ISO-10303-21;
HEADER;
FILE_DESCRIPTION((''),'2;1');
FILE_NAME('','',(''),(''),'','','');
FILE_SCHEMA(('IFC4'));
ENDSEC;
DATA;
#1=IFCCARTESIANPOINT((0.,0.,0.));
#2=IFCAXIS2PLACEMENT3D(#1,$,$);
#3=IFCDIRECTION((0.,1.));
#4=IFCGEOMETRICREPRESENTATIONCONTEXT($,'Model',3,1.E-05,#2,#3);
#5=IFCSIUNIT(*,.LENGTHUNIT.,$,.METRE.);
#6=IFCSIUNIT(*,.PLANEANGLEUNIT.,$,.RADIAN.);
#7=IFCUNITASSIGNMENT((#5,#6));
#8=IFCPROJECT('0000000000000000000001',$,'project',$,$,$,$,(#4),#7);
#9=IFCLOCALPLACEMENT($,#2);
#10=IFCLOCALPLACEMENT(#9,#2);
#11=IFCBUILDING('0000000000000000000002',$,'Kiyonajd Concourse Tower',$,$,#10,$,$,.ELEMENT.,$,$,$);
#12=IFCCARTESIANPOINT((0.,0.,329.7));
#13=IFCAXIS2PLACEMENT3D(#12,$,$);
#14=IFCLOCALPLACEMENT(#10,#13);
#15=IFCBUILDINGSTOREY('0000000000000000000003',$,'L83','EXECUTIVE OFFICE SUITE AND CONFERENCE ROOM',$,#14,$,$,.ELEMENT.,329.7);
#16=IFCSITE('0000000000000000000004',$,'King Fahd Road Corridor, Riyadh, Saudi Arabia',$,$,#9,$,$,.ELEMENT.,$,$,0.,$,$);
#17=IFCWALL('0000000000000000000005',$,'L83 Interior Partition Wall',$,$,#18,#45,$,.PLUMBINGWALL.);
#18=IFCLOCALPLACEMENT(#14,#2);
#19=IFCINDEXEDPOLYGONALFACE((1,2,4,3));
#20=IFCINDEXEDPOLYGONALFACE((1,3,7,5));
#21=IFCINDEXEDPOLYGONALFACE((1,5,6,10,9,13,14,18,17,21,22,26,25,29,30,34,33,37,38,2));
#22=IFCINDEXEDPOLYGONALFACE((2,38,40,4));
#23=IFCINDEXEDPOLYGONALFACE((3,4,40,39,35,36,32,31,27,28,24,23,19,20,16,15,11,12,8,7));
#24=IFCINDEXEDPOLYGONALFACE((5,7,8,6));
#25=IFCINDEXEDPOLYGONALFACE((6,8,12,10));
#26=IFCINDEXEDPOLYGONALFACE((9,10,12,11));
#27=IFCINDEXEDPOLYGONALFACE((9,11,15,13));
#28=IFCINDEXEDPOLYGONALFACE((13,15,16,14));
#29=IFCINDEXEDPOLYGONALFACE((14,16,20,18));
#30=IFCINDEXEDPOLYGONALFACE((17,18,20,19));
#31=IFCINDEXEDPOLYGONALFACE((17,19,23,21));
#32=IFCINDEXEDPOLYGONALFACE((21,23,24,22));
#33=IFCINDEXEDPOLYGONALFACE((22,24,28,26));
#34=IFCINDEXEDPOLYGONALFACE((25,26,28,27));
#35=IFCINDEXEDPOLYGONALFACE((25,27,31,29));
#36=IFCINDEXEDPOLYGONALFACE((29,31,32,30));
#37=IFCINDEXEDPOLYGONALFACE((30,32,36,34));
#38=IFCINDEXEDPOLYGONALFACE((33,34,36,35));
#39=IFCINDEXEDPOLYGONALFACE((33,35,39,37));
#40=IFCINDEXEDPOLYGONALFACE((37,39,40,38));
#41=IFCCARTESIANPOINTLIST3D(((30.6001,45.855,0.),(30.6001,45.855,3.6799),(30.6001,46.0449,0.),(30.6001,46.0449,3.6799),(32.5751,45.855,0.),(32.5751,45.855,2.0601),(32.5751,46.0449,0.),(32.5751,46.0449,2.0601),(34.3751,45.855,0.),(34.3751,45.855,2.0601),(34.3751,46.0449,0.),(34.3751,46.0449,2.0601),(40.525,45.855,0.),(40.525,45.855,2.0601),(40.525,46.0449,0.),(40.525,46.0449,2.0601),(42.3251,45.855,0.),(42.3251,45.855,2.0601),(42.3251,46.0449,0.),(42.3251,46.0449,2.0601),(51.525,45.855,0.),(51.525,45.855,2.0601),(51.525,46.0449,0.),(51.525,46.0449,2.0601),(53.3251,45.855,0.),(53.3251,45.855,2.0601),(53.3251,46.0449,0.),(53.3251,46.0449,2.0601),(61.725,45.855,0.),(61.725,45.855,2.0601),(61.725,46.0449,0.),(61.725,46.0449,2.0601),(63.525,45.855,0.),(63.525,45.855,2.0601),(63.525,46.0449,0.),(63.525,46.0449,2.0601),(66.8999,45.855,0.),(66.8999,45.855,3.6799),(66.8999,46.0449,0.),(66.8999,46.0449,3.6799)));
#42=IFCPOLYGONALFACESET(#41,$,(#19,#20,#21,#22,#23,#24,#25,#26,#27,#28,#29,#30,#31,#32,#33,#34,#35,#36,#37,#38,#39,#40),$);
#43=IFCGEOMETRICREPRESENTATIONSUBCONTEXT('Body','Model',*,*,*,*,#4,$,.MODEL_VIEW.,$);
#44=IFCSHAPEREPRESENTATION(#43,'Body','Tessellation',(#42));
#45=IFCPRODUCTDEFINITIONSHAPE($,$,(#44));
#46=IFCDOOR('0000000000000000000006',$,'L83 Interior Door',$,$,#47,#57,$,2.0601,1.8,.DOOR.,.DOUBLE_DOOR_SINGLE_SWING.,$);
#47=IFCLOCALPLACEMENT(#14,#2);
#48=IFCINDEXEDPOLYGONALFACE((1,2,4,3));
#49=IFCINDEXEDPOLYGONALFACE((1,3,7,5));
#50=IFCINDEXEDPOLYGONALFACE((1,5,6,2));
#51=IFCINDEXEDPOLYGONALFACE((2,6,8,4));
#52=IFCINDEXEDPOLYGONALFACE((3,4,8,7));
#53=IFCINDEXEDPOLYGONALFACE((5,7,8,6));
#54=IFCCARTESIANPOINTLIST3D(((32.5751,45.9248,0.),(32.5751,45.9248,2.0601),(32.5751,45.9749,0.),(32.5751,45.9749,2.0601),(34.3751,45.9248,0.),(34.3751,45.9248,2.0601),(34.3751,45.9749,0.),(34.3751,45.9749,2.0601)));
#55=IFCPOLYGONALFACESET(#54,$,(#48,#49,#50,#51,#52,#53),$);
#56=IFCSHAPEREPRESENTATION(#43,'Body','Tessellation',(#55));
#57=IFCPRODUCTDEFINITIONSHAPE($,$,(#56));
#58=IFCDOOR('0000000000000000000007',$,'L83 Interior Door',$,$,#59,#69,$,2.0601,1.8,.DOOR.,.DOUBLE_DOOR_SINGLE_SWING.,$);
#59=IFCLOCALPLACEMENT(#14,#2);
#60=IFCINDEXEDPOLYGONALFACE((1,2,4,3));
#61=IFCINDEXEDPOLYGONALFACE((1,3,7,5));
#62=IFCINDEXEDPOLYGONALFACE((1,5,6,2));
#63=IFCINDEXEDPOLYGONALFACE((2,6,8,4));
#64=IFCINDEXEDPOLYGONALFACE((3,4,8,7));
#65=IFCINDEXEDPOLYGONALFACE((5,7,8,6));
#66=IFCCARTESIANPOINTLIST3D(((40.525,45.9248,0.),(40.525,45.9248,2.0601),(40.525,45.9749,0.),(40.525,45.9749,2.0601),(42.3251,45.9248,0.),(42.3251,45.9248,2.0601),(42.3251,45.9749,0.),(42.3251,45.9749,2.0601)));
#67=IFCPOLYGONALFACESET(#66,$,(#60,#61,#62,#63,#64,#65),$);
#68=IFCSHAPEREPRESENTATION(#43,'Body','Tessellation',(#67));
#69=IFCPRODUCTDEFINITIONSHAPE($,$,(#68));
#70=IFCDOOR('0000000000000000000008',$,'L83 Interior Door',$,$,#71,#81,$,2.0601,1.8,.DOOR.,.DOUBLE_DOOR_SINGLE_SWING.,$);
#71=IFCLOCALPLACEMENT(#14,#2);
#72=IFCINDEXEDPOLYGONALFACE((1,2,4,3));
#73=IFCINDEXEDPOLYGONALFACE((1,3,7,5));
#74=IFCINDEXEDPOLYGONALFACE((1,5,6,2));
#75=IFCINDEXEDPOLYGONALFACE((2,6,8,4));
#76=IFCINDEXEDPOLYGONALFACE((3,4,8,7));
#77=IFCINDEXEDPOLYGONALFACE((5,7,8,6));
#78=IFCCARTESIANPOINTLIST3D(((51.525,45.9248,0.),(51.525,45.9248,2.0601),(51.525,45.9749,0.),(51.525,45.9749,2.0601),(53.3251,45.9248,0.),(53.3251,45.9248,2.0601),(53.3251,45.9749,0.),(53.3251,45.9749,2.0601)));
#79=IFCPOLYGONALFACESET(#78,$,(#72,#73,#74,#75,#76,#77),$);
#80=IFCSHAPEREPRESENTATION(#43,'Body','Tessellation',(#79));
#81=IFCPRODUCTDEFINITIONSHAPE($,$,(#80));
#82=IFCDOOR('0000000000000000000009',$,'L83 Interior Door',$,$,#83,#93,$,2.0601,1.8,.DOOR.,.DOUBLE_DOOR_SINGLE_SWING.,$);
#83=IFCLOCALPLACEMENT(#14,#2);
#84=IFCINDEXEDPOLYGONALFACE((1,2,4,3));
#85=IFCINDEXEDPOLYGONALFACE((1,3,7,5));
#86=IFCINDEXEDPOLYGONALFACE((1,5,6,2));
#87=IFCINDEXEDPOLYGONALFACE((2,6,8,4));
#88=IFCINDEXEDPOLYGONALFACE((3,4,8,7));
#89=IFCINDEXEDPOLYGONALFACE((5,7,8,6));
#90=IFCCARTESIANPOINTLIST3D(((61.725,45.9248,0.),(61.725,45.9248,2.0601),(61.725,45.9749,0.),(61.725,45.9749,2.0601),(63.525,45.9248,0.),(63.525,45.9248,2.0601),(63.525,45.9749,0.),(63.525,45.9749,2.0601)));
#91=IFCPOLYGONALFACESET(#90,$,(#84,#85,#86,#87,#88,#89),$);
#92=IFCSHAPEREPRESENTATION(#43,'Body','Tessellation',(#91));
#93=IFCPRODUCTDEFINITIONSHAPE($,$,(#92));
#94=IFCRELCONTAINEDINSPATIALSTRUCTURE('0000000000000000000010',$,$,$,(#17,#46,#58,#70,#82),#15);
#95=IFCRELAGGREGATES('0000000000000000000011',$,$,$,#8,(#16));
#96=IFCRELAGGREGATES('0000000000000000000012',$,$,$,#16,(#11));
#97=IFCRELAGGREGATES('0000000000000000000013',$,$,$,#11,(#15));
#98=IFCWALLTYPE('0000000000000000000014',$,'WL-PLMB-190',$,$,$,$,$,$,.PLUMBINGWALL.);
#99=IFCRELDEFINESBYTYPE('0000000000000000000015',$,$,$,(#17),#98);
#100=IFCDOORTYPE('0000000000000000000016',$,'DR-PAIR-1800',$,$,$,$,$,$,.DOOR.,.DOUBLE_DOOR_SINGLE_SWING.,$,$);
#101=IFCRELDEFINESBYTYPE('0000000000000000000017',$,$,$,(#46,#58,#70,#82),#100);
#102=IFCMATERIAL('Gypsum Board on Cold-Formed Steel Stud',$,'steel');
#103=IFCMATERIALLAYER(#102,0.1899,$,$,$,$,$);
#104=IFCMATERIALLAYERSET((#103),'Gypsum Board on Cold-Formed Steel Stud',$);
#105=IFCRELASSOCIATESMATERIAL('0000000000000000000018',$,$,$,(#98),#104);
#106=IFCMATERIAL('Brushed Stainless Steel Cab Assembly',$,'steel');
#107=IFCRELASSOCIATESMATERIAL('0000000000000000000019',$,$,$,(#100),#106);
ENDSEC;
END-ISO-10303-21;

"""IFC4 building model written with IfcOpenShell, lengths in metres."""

from ifc_helpers import new_model, si_unit, direction, frame, frame_2d, origin, place, context, subcontext, project, spatial, rectangle, extrude, material, layer, layer_set, type_object, element, fill, save


model = new_model("IFC4")

# Units and contexts
model_context = context("Model", 3, precision=1e-05, world=origin(), true_north=direction((0.0, 1.0)))
body_context = subcontext(model_context, "Body", "Model", "MODEL_VIEW")
ifc_project = project(units=[si_unit("LENGTHUNIT", "METRE"), si_unit("PLANEANGLEUNIT", "RADIAN")], contexts=[model_context])

# Site, building, storey
site_placement = place(None, origin())
site = spatial("IfcSite", under=ifc_project, at=site_placement, Name="King Fahd Road Corridor, Riyadh, Saudi Arabia", CompositionType="ELEMENT", RefElevation=0.0)
building_placement = place(site_placement, origin())
building = spatial("IfcBuilding", under=site, at=building_placement, Name="Kiyonajd Concourse Tower", CompositionType="ELEMENT")
storey_placement = place(building_placement, frame((0.0, 0.0, 329.7)))
storey = spatial("IfcBuildingStorey", under=building, at=storey_placement, Name="L83", Description="EXECUTIVE OFFICE SUITE AND CONFERENCE ROOM", CompositionType="ELEMENT", Elevation=329.7)

# Wall, openings, doors
ifc_material_1 = material(Name="Gypsum Board on Cold-Formed Steel Stud", Category="steel")
ifc_layer_1 = layer(ifc_material_1, 0.1899)
ifc_layer_set_1 = layer_set([ifc_layer_1], Name="Gypsum Board on Cold-Formed Steel Stud")
wall_type_1 = type_object("IfcWallType", Name="WL-PLMB-190", PredefinedType="PLUMBINGWALL", material=ifc_layer_set_1)
wall_1_placement = place(storey_placement, frame((30.6001, 45.95, 0.0), z_axis=(0.0, 0.0, 1.0), x_axis=(1.0, 0.0, 0.0)))
wall_1 = element("IfcWall", 1, at=wall_1_placement, inside=storey, type_object=wall_type_1, Name="L83 Interior Partition Wall", PredefinedType="PLUMBINGWALL", context=body_context, shape_type="SweptSolid", body=[
    extrude(rectangle(XDim=36.2998, YDim=0.1899, at=frame_2d((18.1499, 0.0))), origin(), (0.0, 0.0, 1.0), 3.6799),
])
opening_1_placement = place(wall_1_placement, frame((1.9751, 0.0, 0.0)))
opening_1 = element("IfcOpeningElement", 2, at=opening_1_placement, cuts=wall_1, PredefinedType="OPENING", context=body_context, shape_type="SweptSolid", body=[
    extrude(rectangle(XDim=1.8, YDim=2.0601, at=frame_2d((0.8999, 1.03))), frame((0.0, 0.105, 0.0), z_axis=(0.0, -1.0, 0.0), x_axis=(1.0, 0.0, 0.0)), (0.0, 0.0, 1.0), 0.21),
])
opening_2_placement = place(wall_1_placement, frame((9.925, 0.0, 0.0)))
opening_2 = element("IfcOpeningElement", 3, at=opening_2_placement, cuts=wall_1, PredefinedType="OPENING", context=body_context, shape_type="SweptSolid", body=[
    extrude(rectangle(XDim=1.8, YDim=2.0601, at=frame_2d((0.8999, 1.03))), frame((0.0, 0.105, 0.0), z_axis=(0.0, -1.0, 0.0), x_axis=(1.0, 0.0, 0.0)), (0.0, 0.0, 1.0), 0.21),
])
opening_3_placement = place(wall_1_placement, frame((20.925, 0.0, 0.0)))
opening_3 = element("IfcOpeningElement", 4, at=opening_3_placement, cuts=wall_1, PredefinedType="OPENING", context=body_context, shape_type="SweptSolid", body=[
    extrude(rectangle(XDim=1.8, YDim=2.0601, at=frame_2d((0.8999, 1.03))), frame((0.0, 0.105, 0.0), z_axis=(0.0, -1.0, 0.0), x_axis=(1.0, 0.0, 0.0)), (0.0, 0.0, 1.0), 0.21),
])
opening_4_placement = place(wall_1_placement, frame((31.125, 0.0, 0.0)))
opening_4 = element("IfcOpeningElement", 5, at=opening_4_placement, cuts=wall_1, PredefinedType="OPENING", context=body_context, shape_type="SweptSolid", body=[
    extrude(rectangle(XDim=1.8, YDim=2.0601, at=frame_2d((0.8999, 1.03))), frame((0.0, 0.105, 0.0), z_axis=(0.0, -1.0, 0.0), x_axis=(1.0, 0.0, 0.0)), (0.0, 0.0, 1.0), 0.21),
])
ifc_material_2 = material(Name="Brushed Stainless Steel Cab Assembly", Category="steel")
door_type = type_object("IfcDoorType", Name="DR-PAIR-1800", OperationType="DOUBLE_DOOR_SINGLE_SWING", PredefinedType="DOOR", material=ifc_material_2)
door_1_placement = place(opening_1_placement, origin())
door_1 = element("IfcDoor", 6, at=door_1_placement, inside=storey, type_object=door_type, Name="L83 Interior Door", OperationType="DOUBLE_DOOR_SINGLE_SWING", OverallHeight=2.0601, OverallWidth=1.8, PredefinedType="DOOR", context=body_context, shape_type="SweptSolid", body=[
    extrude(rectangle(XDim=1.8, YDim=2.0601, at=frame_2d((0.8999, 1.03))), frame((0.0, 0.0249, 0.0), z_axis=(0.0, -1.0, 0.0), x_axis=(1.0, 0.0, 0.0)), (0.0, 0.0, 1.0), 0.05),
])
fill(opening_1, door_1)
door_2_placement = place(opening_2_placement, origin())
door_2 = element("IfcDoor", 7, at=door_2_placement, inside=storey, type_object=door_type, Name="L83 Interior Door", OperationType="DOUBLE_DOOR_SINGLE_SWING", OverallHeight=2.0601, OverallWidth=1.8, PredefinedType="DOOR", context=body_context, shape_type="SweptSolid", body=[
    extrude(rectangle(XDim=1.8, YDim=2.0601, at=frame_2d((0.8999, 1.03))), frame((0.0, 0.0249, 0.0), z_axis=(0.0, -1.0, 0.0), x_axis=(1.0, 0.0, 0.0)), (0.0, 0.0, 1.0), 0.05),
])
fill(opening_2, door_2)
door_3_placement = place(opening_3_placement, origin())
door_3 = element("IfcDoor", 8, at=door_3_placement, inside=storey, type_object=door_type, Name="L83 Interior Door", OperationType="DOUBLE_DOOR_SINGLE_SWING", OverallHeight=2.0601, OverallWidth=1.8, PredefinedType="DOOR", context=body_context, shape_type="SweptSolid", body=[
    extrude(rectangle(XDim=1.8, YDim=2.0601, at=frame_2d((0.8999, 1.03))), frame((0.0, 0.0249, 0.0), z_axis=(0.0, -1.0, 0.0), x_axis=(1.0, 0.0, 0.0)), (0.0, 0.0, 1.0), 0.05),
])
fill(opening_3, door_3)
door_4_placement = place(opening_4_placement, origin())
door_4 = element("IfcDoor", 9, at=door_4_placement, inside=storey, type_object=door_type, Name="L83 Interior Door", OperationType="DOUBLE_DOOR_SINGLE_SWING", OverallHeight=2.0601, OverallWidth=1.8, PredefinedType="DOOR", context=body_context, shape_type="SweptSolid", body=[
    extrude(rectangle(XDim=1.8, YDim=2.0601, at=frame_2d((0.8999, 1.03))), frame((0.0, 0.0249, 0.0), z_axis=(0.0, -1.0, 0.0), x_axis=(1.0, 0.0, 0.0)), (0.0, 0.0, 1.0), 0.05),
])
fill(opening_4, door_4)

save(model, "model.ifc")
